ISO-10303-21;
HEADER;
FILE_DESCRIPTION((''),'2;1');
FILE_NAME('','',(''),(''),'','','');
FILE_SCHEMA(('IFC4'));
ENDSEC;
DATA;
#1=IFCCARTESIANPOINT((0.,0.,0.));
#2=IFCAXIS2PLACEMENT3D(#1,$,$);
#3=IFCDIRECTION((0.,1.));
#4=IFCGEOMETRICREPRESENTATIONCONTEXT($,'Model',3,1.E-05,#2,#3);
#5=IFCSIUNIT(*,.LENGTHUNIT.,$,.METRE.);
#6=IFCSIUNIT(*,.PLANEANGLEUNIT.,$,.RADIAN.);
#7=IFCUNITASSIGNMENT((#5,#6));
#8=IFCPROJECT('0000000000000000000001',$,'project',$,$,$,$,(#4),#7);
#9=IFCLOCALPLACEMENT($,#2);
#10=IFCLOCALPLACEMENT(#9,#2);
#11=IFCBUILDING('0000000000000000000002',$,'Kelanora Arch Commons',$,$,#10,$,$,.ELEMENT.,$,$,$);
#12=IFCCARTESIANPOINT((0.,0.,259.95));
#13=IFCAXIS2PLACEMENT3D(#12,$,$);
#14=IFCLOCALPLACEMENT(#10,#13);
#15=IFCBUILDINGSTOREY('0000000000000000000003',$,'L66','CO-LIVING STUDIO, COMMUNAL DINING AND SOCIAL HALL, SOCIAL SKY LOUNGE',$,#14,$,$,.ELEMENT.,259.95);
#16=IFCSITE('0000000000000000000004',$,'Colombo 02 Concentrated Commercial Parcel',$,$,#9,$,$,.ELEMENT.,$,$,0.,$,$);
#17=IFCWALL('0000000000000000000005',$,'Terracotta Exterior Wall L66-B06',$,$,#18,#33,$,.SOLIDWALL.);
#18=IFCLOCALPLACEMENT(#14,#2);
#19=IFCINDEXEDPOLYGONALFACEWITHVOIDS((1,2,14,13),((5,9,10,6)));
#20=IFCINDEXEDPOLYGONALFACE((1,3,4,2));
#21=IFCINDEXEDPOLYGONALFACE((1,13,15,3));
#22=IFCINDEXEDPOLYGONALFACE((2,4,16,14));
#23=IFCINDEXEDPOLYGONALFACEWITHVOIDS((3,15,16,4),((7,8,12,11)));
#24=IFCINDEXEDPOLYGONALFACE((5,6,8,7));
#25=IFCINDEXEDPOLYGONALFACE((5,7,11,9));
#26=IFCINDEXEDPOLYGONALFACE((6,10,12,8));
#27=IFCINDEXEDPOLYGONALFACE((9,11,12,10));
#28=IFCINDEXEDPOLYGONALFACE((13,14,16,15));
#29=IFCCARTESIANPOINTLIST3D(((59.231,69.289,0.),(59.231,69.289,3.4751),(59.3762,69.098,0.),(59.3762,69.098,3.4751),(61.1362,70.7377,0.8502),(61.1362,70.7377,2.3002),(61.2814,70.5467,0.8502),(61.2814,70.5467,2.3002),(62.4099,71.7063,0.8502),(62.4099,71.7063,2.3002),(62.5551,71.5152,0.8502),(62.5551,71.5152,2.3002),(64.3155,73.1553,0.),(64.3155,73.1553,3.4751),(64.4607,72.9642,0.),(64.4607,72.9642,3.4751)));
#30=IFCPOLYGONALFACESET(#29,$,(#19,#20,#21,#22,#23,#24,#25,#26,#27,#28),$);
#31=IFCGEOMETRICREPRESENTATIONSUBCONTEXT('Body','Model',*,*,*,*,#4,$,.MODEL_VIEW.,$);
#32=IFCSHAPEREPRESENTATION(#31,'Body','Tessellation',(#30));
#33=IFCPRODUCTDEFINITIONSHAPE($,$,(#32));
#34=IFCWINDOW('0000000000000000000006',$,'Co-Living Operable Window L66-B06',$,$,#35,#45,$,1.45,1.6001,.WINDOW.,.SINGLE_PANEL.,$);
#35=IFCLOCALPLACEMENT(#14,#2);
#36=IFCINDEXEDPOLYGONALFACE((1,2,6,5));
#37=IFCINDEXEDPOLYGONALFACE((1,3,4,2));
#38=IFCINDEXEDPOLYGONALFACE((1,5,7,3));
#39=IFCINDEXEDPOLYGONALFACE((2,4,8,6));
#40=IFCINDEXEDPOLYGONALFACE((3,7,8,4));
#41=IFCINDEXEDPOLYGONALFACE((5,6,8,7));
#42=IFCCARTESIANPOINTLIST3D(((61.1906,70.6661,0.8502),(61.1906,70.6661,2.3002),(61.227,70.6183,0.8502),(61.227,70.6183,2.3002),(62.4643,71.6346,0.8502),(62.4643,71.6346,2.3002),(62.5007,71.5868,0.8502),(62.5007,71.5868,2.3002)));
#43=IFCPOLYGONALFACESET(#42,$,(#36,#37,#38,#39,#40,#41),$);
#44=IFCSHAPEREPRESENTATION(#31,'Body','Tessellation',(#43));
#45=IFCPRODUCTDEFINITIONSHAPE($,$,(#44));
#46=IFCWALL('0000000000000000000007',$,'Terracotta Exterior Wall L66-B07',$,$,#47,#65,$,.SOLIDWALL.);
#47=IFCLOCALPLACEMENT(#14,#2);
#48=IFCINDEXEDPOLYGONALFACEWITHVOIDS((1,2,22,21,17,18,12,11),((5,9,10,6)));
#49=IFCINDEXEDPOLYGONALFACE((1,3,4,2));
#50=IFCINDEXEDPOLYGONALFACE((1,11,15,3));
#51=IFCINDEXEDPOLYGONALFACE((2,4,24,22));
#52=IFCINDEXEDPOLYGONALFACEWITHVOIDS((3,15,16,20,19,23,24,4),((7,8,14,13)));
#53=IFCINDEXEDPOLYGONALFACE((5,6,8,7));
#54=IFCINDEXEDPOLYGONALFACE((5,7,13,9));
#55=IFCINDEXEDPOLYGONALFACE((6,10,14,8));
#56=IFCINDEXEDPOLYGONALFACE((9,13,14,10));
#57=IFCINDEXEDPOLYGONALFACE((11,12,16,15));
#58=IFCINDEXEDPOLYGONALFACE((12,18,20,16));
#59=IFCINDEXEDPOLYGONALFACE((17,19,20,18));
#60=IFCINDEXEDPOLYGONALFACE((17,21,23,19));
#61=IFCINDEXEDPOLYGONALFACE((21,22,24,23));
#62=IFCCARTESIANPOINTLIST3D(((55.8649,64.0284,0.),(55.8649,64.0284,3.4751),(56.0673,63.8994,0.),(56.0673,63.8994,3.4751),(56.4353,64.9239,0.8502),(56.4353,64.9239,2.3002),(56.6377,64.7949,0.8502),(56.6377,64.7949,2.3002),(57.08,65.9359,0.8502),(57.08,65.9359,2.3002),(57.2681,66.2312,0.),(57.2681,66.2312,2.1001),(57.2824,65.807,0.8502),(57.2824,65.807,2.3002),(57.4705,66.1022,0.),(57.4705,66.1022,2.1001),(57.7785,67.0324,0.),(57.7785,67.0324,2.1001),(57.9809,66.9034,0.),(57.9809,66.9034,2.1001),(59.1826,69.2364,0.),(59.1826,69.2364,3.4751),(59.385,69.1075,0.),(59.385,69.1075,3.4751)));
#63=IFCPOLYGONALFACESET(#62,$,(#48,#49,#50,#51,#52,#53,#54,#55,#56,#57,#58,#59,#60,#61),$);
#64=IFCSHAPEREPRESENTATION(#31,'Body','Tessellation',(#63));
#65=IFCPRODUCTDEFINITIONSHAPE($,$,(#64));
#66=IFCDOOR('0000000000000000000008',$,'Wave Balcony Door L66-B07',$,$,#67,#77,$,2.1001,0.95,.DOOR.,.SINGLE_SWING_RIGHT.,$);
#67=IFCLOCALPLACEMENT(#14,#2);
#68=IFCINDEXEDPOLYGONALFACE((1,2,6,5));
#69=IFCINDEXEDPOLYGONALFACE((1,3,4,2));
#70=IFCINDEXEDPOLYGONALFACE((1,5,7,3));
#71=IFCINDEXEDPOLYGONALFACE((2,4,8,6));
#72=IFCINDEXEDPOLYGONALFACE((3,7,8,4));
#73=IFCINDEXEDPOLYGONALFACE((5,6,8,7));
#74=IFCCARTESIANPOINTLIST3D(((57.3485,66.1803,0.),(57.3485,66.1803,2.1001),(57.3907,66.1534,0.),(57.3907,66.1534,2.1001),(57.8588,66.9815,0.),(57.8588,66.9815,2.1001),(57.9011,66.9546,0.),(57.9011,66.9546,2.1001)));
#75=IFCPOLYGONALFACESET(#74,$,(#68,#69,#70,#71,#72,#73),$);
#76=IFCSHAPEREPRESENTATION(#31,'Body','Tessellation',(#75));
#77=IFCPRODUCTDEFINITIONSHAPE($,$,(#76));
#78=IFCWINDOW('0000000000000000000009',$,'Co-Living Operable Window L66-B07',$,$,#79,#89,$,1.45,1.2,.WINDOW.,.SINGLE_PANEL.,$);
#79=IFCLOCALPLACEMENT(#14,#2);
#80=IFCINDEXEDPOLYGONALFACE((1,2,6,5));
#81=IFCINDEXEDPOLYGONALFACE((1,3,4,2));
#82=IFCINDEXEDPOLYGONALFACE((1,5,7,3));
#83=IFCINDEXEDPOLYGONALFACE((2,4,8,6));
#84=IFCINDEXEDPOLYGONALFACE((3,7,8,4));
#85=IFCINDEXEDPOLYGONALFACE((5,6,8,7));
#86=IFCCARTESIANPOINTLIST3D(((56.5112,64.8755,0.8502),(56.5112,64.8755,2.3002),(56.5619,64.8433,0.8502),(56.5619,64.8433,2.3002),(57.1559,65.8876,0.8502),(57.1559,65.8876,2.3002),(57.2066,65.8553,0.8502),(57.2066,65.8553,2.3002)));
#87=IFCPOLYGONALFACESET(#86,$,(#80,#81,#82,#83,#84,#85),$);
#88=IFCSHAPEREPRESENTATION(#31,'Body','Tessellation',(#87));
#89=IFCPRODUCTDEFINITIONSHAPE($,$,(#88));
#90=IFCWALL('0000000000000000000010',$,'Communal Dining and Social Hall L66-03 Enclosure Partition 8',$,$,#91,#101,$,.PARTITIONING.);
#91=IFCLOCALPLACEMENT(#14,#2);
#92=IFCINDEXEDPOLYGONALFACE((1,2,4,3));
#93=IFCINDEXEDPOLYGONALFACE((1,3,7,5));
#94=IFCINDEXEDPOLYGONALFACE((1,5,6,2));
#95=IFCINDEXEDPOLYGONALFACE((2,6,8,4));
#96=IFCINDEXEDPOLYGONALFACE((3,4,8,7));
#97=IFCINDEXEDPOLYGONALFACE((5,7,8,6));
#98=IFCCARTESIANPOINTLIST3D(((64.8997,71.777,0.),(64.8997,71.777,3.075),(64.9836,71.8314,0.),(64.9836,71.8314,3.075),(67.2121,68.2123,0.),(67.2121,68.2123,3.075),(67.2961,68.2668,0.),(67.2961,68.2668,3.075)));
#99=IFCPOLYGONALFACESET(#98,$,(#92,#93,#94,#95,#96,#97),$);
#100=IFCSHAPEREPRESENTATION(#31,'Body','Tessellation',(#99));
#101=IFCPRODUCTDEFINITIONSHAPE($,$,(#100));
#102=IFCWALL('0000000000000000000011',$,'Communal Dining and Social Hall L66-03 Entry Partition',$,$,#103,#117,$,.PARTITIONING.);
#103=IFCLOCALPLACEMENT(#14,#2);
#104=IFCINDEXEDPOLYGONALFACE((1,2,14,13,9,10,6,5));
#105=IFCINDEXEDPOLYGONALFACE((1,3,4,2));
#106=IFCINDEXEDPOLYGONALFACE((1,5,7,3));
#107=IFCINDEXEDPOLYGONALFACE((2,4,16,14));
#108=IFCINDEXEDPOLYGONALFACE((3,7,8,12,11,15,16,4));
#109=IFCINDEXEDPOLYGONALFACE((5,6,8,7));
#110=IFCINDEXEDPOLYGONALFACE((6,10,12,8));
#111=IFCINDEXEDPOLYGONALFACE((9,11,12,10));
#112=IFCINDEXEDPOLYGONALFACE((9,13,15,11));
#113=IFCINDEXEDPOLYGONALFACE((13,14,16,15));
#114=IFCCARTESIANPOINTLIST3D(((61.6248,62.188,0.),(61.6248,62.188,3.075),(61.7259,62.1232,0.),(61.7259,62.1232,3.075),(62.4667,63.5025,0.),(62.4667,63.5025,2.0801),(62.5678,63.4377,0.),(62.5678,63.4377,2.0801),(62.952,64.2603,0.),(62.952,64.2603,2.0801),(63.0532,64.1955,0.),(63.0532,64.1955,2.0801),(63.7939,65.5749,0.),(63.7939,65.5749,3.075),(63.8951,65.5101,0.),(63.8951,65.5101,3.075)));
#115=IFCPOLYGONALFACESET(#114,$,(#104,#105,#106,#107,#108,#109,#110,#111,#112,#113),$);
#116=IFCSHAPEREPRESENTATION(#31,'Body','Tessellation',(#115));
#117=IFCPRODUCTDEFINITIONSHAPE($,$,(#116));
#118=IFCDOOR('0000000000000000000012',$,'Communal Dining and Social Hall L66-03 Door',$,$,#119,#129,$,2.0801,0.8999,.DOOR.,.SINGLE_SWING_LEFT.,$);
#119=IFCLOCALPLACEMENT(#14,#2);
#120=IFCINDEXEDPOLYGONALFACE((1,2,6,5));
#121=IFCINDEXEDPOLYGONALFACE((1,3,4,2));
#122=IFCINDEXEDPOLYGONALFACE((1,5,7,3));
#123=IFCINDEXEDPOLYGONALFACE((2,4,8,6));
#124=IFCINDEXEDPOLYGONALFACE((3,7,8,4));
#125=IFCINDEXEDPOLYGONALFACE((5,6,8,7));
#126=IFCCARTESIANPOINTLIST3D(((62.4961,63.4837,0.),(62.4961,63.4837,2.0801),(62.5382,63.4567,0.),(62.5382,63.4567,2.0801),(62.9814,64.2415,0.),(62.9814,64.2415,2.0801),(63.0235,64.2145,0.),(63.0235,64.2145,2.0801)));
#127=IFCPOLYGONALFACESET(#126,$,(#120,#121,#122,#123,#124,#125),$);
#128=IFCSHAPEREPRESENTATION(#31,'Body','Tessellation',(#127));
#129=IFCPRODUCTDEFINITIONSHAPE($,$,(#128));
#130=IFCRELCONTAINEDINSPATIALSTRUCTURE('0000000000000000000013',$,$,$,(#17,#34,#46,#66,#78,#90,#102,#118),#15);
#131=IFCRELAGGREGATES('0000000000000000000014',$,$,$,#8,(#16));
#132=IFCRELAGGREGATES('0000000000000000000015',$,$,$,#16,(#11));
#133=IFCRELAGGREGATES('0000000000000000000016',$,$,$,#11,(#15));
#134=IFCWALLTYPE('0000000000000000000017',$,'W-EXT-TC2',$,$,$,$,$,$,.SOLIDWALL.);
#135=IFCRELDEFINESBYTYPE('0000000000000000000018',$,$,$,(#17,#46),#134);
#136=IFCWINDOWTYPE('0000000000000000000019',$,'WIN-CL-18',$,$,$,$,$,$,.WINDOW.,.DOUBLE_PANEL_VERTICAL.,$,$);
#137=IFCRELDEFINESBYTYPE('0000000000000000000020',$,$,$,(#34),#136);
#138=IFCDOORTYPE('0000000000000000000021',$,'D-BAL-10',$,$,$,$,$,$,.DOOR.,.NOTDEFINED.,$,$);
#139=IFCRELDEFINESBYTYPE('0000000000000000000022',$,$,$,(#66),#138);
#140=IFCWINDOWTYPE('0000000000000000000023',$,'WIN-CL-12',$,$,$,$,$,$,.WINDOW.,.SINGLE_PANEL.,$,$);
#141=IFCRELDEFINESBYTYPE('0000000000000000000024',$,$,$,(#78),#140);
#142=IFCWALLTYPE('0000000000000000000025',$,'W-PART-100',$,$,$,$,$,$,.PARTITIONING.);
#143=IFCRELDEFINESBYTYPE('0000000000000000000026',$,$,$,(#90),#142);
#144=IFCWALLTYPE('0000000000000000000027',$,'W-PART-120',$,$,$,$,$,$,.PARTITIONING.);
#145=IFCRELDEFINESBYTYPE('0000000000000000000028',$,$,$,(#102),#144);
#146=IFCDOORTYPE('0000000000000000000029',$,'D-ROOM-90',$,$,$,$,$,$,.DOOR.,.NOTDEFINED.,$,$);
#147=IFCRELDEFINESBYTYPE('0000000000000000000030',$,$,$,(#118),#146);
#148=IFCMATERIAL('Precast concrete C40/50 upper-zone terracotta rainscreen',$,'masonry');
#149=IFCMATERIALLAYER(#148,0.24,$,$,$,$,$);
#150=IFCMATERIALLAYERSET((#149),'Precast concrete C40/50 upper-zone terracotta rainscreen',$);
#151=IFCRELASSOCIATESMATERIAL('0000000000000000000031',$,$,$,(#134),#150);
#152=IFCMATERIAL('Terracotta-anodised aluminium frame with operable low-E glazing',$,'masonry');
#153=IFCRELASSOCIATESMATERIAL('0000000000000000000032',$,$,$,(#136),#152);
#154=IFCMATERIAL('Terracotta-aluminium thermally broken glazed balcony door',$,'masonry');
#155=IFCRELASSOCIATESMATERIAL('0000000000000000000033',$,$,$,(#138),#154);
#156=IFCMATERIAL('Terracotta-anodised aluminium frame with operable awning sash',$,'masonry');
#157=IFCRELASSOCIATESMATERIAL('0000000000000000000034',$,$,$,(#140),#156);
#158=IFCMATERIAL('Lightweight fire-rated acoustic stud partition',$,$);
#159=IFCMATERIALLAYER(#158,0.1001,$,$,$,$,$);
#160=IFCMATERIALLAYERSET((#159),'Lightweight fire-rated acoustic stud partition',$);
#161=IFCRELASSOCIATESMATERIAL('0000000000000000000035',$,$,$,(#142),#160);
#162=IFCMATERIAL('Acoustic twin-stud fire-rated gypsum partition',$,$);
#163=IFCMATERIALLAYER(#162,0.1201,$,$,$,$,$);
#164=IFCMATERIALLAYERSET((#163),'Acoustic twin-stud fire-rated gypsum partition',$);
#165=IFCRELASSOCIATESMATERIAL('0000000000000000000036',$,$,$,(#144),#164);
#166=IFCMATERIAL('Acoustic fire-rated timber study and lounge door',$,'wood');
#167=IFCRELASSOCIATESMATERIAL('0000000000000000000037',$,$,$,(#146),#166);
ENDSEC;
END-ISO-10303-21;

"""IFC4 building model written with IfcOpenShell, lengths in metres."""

from ifc_helpers import new_model, si_unit, direction, frame, frame_2d, origin, place, context, subcontext, project, spatial, rectangle, extrude, material, layer, layer_set, type_object, element, fill, save


model = new_model("IFC4")

# Units and contexts
model_context = context("Model", 3, precision=1e-05, world=origin(), true_north=direction((0.0, 1.0)))
body_context = subcontext(model_context, "Body", "Model", "MODEL_VIEW")
ifc_project = project(units=[si_unit("LENGTHUNIT", "METRE"), si_unit("PLANEANGLEUNIT", "RADIAN")], contexts=[model_context])

# Site, building, storey
site_placement = place(None, origin())
site = spatial("IfcSite", under=ifc_project, at=site_placement, Name="Colombo 02 Concentrated Commercial Parcel", CompositionType="ELEMENT", RefElevation=0.0)
building_placement = place(site_placement, origin())
building = spatial("IfcBuilding", under=site, at=building_placement, Name="Kelanora Arch Commons", CompositionType="ELEMENT")
storey_placement = place(building_placement, frame((0.0, 0.0, 259.95)))
storey = spatial("IfcBuildingStorey", under=building, at=storey_placement, Name="L66", Description="CO-LIVING STUDIO, COMMUNAL DINING AND SOCIAL HALL, SOCIAL SKY LOUNGE", CompositionType="ELEMENT", Elevation=259.95)

# Wall, opening, window
ifc_material_1 = material(Name="Precast concrete C40/50 upper-zone terracotta rainscreen", Category="masonry")
ifc_layer_1 = layer(ifc_material_1, 0.24)
ifc_layer_set_1 = layer_set([ifc_layer_1], Name="Precast concrete C40/50 upper-zone terracotta rainscreen")
wall_type_1 = type_object("IfcWallType", Name="W-EXT-TC2", PredefinedType="SOLIDWALL", material=ifc_layer_set_1)
wall_1_placement = place(storey_placement, frame((64.3882, 73.0598, 0.0), z_axis=(0.0, 0.0, 1.0), x_axis=(-0.79601, -0.605283, 0.0)))
wall_1 = element("IfcWall", 1, at=wall_1_placement, inside=storey, type_object=wall_type_1, Name="Terracotta Exterior Wall L66-B06", PredefinedType="SOLIDWALL", context=body_context, shape_type="SweptSolid", body=[
    extrude(rectangle(XDim=6.3875, YDim=0.24, at=frame_2d((3.1938, 0.0))), origin(), (0.0, 0.0, 1.0), 3.4751),
])
opening_1_placement = place(wall_1_placement, frame((2.394, 0.0, 0.8501)))
opening_1 = element("IfcOpeningElement", 2, at=opening_1_placement, cuts=wall_1, PredefinedType="OPENING", context=body_context, shape_type="SweptSolid", body=[
    extrude(rectangle(XDim=1.6001, YDim=1.45, at=frame_2d((0.8, 0.7251))), frame((0.0, 0.1299, 0.0), z_axis=(0.0, -1.0, 0.0), x_axis=(1.0, 0.0, 0.0)), (0.0, 0.0, 1.0), 0.26),
])
ifc_material_2 = material(Name="Terracotta-anodised aluminium frame with operable low-E glazing", Category="masonry")
window_type_1 = type_object("IfcWindowType", Name="WIN-CL-18", PartitioningType="DOUBLE_PANEL_VERTICAL", PredefinedType="WINDOW", material=ifc_material_2)
window_1_placement = place(opening_1_placement, origin())
window_1 = element("IfcWindow", 3, at=window_1_placement, inside=storey, type_object=window_type_1, Name="Co-Living Operable Window L66-B06", OverallHeight=1.45, OverallWidth=1.6001, PartitioningType="SINGLE_PANEL", PredefinedType="WINDOW", context=body_context, shape_type="SweptSolid", body=[
    extrude(rectangle(XDim=1.6001, YDim=1.45, at=frame_2d((0.8, 0.7251))), frame((0.0, 0.03, 0.0), z_axis=(0.0, -1.0, 0.0), x_axis=(1.0, 0.0, 0.0)), (0.0, 0.0, 1.0), 0.0601),
])
fill(opening_1, window_1)

# Wall, openings, door, window
wall_2_placement = place(storey_placement, frame((59.2837, 69.1719, 0.0), z_axis=(0.0, 0.0, 1.0), x_axis=(-0.537272, -0.843409, 0.0)))
wall_2 = element("IfcWall", 4, at=wall_2_placement, inside=storey, type_object=wall_type_1, Name="Terracotta Exterior Wall L66-B07", PredefinedType="SOLIDWALL", context=body_context, shape_type="SweptSolid", body=[
    extrude(rectangle(XDim=6.175, YDim=0.24, at=frame_2d((3.0874, 0.0))), origin(), (0.0, 0.0, 1.0), 3.4751),
])
opening_2_placement = place(wall_2_placement, frame((2.613, 0.0, 0.0)))
opening_2 = element("IfcOpeningElement", 5, at=opening_2_placement, cuts=wall_2, PredefinedType="OPENING", context=body_context, shape_type="SweptSolid", body=[
    extrude(rectangle(XDim=0.95, YDim=2.1001, at=frame_2d((0.4751, 1.05))), frame((0.0, 0.1299, 0.0), z_axis=(0.0, -1.0, 0.0), x_axis=(1.0, 0.0, 0.0)), (0.0, 0.0, 1.0), 0.26),
])
opening_3_placement = place(wall_2_placement, frame((3.9131, 0.0, 0.8501)))
opening_3 = element("IfcOpeningElement", 6, at=opening_3_placement, cuts=wall_2, PredefinedType="OPENING", context=body_context, shape_type="SweptSolid", body=[
    extrude(rectangle(XDim=1.2, YDim=1.45, at=frame_2d((0.6001, 0.7251))), frame((0.0, 0.1299, 0.0), z_axis=(0.0, -1.0, 0.0), x_axis=(1.0, 0.0, 0.0)), (0.0, 0.0, 1.0), 0.26),
])
ifc_material_3 = material(Name="Terracotta-aluminium thermally broken glazed balcony door", Category="masonry")
door_type_1 = type_object("IfcDoorType", Name="D-BAL-10", OperationType="NOTDEFINED", PredefinedType="DOOR", material=ifc_material_3)
door_1_placement = place(opening_2_placement, frame((0.95, 0.0, 0.0), z_axis=(0.0, 0.0, 1.0), x_axis=(-1.0, 0.0, 0.0)))
door_1 = element("IfcDoor", 7, at=door_1_placement, inside=storey, type_object=door_type_1, Name="Wave Balcony Door L66-B07", OperationType="SINGLE_SWING_RIGHT", OverallHeight=2.1001, OverallWidth=0.95, PredefinedType="DOOR", context=body_context, shape_type="SweptSolid", body=[
    extrude(rectangle(XDim=0.95, YDim=2.1001, at=frame_2d((0.4751, 1.05))), frame((0.0, 0.0249, 0.0), z_axis=(0.0, -1.0, 0.0), x_axis=(1.0, 0.0, 0.0)), (0.0, 0.0, 1.0), 0.05),
])
fill(opening_2, door_1)
ifc_material_4 = material(Name="Terracotta-anodised aluminium frame with operable awning sash", Category="masonry")
window_type_2 = type_object("IfcWindowType", Name="WIN-CL-12", PartitioningType="SINGLE_PANEL", PredefinedType="WINDOW", material=ifc_material_4)
window_2_placement = place(opening_3_placement, origin())
window_2 = element("IfcWindow", 8, at=window_2_placement, inside=storey, type_object=window_type_2, Name="Co-Living Operable Window L66-B07", OverallHeight=1.45, OverallWidth=1.2, PartitioningType="SINGLE_PANEL", PredefinedType="WINDOW", context=body_context, shape_type="SweptSolid", body=[
    extrude(rectangle(XDim=1.2, YDim=1.45, at=frame_2d((0.6001, 0.7251))), frame((0.0, 0.03, 0.0), z_axis=(0.0, -1.0, 0.0), x_axis=(1.0, 0.0, 0.0)), (0.0, 0.0, 1.0), 0.0601),
])
fill(opening_3, window_2)

# Wall
ifc_material_5 = material(Name="Lightweight fire-rated acoustic stud partition")
ifc_layer_2 = layer(ifc_material_5, 0.1001)
ifc_layer_set_2 = layer_set([ifc_layer_2], Name="Lightweight fire-rated acoustic stud partition")
wall_type_2 = type_object("IfcWallType", Name="W-PART-100", PredefinedType="PARTITIONING", material=ifc_layer_set_2)
wall_3_placement = place(storey_placement, frame((64.9417, 71.8042, 0.0), z_axis=(0.0, 0.0, 1.0), x_axis=(0.544235, -0.838933, 0.0)))
element("IfcWall", 9, at=wall_3_placement, inside=storey, type_object=wall_type_2, Name="Communal Dining and Social Hall L66-03 Enclosure Partition 8", PredefinedType="PARTITIONING", context=body_context, shape_type="SweptSolid", body=[
    extrude(rectangle(XDim=4.249, YDim=0.1001, at=frame_2d((2.1245, 0.0))), origin(), (0.0, 0.0, 1.0), 3.075),
])

# Wall, opening, door
ifc_material_6 = material(Name="Acoustic twin-stud fire-rated gypsum partition")
ifc_layer_3 = layer(ifc_material_6, 0.1201)
ifc_layer_set_3 = layer_set([ifc_layer_3], Name="Acoustic twin-stud fire-rated gypsum partition")
wall_type_3 = type_object("IfcWallType", Name="W-PART-120", PredefinedType="PARTITIONING", material=ifc_layer_set_3)
wall_4_placement = place(storey_placement, frame((63.8445, 65.5425, 0.0), z_axis=(0.0, 0.0, 1.0), x_axis=(-0.539324, -0.842098, 0.0)))
wall_4 = element("IfcWall", 10, at=wall_4_placement, inside=storey, type_object=wall_type_3, Name="Communal Dining and Social Hall L66-03 Entry Partition", PredefinedType="PARTITIONING", context=body_context, shape_type="SweptSolid", body=[
    extrude(rectangle(XDim=4.022, YDim=0.1201, at=frame_2d((2.011, 0.0))), origin(), (0.0, 0.0, 1.0), 3.075),
])
opening_4_placement = place(wall_4_placement, frame((1.561, 0.0, 0.0)))
opening_4 = element("IfcOpeningElement", 11, at=opening_4_placement, cuts=wall_4, PredefinedType="OPENING", context=body_context, shape_type="SweptSolid", body=[
    extrude(rectangle(XDim=0.8999, YDim=2.0801, at=frame_2d((0.45, 1.04))), frame((0.0, 0.0701, 0.0), z_axis=(0.0, -1.0, 0.0), x_axis=(1.0, 0.0, 0.0)), (0.0, 0.0, 1.0), 0.1401),
])
ifc_material_7 = material(Name="Acoustic fire-rated timber study and lounge door", Category="wood")
door_type_2 = type_object("IfcDoorType", Name="D-ROOM-90", OperationType="NOTDEFINED", PredefinedType="DOOR", material=ifc_material_7)
door_2_placement = place(opening_4_placement, origin())
door_2 = element("IfcDoor", 12, at=door_2_placement, inside=storey, type_object=door_type_2, Name="Communal Dining and Social Hall L66-03 Door", OperationType="SINGLE_SWING_LEFT", OverallHeight=2.0801, OverallWidth=0.8999, PredefinedType="DOOR", context=body_context, shape_type="SweptSolid", body=[
    extrude(rectangle(XDim=0.8999, YDim=2.0801, at=frame_2d((0.45, 1.04))), frame((0.0, 0.0249, 0.0), z_axis=(0.0, -1.0, 0.0), x_axis=(1.0, 0.0, 0.0)), (0.0, 0.0, 1.0), 0.05),
])
fill(opening_4, door_2)

save(model, "model.ifc")
